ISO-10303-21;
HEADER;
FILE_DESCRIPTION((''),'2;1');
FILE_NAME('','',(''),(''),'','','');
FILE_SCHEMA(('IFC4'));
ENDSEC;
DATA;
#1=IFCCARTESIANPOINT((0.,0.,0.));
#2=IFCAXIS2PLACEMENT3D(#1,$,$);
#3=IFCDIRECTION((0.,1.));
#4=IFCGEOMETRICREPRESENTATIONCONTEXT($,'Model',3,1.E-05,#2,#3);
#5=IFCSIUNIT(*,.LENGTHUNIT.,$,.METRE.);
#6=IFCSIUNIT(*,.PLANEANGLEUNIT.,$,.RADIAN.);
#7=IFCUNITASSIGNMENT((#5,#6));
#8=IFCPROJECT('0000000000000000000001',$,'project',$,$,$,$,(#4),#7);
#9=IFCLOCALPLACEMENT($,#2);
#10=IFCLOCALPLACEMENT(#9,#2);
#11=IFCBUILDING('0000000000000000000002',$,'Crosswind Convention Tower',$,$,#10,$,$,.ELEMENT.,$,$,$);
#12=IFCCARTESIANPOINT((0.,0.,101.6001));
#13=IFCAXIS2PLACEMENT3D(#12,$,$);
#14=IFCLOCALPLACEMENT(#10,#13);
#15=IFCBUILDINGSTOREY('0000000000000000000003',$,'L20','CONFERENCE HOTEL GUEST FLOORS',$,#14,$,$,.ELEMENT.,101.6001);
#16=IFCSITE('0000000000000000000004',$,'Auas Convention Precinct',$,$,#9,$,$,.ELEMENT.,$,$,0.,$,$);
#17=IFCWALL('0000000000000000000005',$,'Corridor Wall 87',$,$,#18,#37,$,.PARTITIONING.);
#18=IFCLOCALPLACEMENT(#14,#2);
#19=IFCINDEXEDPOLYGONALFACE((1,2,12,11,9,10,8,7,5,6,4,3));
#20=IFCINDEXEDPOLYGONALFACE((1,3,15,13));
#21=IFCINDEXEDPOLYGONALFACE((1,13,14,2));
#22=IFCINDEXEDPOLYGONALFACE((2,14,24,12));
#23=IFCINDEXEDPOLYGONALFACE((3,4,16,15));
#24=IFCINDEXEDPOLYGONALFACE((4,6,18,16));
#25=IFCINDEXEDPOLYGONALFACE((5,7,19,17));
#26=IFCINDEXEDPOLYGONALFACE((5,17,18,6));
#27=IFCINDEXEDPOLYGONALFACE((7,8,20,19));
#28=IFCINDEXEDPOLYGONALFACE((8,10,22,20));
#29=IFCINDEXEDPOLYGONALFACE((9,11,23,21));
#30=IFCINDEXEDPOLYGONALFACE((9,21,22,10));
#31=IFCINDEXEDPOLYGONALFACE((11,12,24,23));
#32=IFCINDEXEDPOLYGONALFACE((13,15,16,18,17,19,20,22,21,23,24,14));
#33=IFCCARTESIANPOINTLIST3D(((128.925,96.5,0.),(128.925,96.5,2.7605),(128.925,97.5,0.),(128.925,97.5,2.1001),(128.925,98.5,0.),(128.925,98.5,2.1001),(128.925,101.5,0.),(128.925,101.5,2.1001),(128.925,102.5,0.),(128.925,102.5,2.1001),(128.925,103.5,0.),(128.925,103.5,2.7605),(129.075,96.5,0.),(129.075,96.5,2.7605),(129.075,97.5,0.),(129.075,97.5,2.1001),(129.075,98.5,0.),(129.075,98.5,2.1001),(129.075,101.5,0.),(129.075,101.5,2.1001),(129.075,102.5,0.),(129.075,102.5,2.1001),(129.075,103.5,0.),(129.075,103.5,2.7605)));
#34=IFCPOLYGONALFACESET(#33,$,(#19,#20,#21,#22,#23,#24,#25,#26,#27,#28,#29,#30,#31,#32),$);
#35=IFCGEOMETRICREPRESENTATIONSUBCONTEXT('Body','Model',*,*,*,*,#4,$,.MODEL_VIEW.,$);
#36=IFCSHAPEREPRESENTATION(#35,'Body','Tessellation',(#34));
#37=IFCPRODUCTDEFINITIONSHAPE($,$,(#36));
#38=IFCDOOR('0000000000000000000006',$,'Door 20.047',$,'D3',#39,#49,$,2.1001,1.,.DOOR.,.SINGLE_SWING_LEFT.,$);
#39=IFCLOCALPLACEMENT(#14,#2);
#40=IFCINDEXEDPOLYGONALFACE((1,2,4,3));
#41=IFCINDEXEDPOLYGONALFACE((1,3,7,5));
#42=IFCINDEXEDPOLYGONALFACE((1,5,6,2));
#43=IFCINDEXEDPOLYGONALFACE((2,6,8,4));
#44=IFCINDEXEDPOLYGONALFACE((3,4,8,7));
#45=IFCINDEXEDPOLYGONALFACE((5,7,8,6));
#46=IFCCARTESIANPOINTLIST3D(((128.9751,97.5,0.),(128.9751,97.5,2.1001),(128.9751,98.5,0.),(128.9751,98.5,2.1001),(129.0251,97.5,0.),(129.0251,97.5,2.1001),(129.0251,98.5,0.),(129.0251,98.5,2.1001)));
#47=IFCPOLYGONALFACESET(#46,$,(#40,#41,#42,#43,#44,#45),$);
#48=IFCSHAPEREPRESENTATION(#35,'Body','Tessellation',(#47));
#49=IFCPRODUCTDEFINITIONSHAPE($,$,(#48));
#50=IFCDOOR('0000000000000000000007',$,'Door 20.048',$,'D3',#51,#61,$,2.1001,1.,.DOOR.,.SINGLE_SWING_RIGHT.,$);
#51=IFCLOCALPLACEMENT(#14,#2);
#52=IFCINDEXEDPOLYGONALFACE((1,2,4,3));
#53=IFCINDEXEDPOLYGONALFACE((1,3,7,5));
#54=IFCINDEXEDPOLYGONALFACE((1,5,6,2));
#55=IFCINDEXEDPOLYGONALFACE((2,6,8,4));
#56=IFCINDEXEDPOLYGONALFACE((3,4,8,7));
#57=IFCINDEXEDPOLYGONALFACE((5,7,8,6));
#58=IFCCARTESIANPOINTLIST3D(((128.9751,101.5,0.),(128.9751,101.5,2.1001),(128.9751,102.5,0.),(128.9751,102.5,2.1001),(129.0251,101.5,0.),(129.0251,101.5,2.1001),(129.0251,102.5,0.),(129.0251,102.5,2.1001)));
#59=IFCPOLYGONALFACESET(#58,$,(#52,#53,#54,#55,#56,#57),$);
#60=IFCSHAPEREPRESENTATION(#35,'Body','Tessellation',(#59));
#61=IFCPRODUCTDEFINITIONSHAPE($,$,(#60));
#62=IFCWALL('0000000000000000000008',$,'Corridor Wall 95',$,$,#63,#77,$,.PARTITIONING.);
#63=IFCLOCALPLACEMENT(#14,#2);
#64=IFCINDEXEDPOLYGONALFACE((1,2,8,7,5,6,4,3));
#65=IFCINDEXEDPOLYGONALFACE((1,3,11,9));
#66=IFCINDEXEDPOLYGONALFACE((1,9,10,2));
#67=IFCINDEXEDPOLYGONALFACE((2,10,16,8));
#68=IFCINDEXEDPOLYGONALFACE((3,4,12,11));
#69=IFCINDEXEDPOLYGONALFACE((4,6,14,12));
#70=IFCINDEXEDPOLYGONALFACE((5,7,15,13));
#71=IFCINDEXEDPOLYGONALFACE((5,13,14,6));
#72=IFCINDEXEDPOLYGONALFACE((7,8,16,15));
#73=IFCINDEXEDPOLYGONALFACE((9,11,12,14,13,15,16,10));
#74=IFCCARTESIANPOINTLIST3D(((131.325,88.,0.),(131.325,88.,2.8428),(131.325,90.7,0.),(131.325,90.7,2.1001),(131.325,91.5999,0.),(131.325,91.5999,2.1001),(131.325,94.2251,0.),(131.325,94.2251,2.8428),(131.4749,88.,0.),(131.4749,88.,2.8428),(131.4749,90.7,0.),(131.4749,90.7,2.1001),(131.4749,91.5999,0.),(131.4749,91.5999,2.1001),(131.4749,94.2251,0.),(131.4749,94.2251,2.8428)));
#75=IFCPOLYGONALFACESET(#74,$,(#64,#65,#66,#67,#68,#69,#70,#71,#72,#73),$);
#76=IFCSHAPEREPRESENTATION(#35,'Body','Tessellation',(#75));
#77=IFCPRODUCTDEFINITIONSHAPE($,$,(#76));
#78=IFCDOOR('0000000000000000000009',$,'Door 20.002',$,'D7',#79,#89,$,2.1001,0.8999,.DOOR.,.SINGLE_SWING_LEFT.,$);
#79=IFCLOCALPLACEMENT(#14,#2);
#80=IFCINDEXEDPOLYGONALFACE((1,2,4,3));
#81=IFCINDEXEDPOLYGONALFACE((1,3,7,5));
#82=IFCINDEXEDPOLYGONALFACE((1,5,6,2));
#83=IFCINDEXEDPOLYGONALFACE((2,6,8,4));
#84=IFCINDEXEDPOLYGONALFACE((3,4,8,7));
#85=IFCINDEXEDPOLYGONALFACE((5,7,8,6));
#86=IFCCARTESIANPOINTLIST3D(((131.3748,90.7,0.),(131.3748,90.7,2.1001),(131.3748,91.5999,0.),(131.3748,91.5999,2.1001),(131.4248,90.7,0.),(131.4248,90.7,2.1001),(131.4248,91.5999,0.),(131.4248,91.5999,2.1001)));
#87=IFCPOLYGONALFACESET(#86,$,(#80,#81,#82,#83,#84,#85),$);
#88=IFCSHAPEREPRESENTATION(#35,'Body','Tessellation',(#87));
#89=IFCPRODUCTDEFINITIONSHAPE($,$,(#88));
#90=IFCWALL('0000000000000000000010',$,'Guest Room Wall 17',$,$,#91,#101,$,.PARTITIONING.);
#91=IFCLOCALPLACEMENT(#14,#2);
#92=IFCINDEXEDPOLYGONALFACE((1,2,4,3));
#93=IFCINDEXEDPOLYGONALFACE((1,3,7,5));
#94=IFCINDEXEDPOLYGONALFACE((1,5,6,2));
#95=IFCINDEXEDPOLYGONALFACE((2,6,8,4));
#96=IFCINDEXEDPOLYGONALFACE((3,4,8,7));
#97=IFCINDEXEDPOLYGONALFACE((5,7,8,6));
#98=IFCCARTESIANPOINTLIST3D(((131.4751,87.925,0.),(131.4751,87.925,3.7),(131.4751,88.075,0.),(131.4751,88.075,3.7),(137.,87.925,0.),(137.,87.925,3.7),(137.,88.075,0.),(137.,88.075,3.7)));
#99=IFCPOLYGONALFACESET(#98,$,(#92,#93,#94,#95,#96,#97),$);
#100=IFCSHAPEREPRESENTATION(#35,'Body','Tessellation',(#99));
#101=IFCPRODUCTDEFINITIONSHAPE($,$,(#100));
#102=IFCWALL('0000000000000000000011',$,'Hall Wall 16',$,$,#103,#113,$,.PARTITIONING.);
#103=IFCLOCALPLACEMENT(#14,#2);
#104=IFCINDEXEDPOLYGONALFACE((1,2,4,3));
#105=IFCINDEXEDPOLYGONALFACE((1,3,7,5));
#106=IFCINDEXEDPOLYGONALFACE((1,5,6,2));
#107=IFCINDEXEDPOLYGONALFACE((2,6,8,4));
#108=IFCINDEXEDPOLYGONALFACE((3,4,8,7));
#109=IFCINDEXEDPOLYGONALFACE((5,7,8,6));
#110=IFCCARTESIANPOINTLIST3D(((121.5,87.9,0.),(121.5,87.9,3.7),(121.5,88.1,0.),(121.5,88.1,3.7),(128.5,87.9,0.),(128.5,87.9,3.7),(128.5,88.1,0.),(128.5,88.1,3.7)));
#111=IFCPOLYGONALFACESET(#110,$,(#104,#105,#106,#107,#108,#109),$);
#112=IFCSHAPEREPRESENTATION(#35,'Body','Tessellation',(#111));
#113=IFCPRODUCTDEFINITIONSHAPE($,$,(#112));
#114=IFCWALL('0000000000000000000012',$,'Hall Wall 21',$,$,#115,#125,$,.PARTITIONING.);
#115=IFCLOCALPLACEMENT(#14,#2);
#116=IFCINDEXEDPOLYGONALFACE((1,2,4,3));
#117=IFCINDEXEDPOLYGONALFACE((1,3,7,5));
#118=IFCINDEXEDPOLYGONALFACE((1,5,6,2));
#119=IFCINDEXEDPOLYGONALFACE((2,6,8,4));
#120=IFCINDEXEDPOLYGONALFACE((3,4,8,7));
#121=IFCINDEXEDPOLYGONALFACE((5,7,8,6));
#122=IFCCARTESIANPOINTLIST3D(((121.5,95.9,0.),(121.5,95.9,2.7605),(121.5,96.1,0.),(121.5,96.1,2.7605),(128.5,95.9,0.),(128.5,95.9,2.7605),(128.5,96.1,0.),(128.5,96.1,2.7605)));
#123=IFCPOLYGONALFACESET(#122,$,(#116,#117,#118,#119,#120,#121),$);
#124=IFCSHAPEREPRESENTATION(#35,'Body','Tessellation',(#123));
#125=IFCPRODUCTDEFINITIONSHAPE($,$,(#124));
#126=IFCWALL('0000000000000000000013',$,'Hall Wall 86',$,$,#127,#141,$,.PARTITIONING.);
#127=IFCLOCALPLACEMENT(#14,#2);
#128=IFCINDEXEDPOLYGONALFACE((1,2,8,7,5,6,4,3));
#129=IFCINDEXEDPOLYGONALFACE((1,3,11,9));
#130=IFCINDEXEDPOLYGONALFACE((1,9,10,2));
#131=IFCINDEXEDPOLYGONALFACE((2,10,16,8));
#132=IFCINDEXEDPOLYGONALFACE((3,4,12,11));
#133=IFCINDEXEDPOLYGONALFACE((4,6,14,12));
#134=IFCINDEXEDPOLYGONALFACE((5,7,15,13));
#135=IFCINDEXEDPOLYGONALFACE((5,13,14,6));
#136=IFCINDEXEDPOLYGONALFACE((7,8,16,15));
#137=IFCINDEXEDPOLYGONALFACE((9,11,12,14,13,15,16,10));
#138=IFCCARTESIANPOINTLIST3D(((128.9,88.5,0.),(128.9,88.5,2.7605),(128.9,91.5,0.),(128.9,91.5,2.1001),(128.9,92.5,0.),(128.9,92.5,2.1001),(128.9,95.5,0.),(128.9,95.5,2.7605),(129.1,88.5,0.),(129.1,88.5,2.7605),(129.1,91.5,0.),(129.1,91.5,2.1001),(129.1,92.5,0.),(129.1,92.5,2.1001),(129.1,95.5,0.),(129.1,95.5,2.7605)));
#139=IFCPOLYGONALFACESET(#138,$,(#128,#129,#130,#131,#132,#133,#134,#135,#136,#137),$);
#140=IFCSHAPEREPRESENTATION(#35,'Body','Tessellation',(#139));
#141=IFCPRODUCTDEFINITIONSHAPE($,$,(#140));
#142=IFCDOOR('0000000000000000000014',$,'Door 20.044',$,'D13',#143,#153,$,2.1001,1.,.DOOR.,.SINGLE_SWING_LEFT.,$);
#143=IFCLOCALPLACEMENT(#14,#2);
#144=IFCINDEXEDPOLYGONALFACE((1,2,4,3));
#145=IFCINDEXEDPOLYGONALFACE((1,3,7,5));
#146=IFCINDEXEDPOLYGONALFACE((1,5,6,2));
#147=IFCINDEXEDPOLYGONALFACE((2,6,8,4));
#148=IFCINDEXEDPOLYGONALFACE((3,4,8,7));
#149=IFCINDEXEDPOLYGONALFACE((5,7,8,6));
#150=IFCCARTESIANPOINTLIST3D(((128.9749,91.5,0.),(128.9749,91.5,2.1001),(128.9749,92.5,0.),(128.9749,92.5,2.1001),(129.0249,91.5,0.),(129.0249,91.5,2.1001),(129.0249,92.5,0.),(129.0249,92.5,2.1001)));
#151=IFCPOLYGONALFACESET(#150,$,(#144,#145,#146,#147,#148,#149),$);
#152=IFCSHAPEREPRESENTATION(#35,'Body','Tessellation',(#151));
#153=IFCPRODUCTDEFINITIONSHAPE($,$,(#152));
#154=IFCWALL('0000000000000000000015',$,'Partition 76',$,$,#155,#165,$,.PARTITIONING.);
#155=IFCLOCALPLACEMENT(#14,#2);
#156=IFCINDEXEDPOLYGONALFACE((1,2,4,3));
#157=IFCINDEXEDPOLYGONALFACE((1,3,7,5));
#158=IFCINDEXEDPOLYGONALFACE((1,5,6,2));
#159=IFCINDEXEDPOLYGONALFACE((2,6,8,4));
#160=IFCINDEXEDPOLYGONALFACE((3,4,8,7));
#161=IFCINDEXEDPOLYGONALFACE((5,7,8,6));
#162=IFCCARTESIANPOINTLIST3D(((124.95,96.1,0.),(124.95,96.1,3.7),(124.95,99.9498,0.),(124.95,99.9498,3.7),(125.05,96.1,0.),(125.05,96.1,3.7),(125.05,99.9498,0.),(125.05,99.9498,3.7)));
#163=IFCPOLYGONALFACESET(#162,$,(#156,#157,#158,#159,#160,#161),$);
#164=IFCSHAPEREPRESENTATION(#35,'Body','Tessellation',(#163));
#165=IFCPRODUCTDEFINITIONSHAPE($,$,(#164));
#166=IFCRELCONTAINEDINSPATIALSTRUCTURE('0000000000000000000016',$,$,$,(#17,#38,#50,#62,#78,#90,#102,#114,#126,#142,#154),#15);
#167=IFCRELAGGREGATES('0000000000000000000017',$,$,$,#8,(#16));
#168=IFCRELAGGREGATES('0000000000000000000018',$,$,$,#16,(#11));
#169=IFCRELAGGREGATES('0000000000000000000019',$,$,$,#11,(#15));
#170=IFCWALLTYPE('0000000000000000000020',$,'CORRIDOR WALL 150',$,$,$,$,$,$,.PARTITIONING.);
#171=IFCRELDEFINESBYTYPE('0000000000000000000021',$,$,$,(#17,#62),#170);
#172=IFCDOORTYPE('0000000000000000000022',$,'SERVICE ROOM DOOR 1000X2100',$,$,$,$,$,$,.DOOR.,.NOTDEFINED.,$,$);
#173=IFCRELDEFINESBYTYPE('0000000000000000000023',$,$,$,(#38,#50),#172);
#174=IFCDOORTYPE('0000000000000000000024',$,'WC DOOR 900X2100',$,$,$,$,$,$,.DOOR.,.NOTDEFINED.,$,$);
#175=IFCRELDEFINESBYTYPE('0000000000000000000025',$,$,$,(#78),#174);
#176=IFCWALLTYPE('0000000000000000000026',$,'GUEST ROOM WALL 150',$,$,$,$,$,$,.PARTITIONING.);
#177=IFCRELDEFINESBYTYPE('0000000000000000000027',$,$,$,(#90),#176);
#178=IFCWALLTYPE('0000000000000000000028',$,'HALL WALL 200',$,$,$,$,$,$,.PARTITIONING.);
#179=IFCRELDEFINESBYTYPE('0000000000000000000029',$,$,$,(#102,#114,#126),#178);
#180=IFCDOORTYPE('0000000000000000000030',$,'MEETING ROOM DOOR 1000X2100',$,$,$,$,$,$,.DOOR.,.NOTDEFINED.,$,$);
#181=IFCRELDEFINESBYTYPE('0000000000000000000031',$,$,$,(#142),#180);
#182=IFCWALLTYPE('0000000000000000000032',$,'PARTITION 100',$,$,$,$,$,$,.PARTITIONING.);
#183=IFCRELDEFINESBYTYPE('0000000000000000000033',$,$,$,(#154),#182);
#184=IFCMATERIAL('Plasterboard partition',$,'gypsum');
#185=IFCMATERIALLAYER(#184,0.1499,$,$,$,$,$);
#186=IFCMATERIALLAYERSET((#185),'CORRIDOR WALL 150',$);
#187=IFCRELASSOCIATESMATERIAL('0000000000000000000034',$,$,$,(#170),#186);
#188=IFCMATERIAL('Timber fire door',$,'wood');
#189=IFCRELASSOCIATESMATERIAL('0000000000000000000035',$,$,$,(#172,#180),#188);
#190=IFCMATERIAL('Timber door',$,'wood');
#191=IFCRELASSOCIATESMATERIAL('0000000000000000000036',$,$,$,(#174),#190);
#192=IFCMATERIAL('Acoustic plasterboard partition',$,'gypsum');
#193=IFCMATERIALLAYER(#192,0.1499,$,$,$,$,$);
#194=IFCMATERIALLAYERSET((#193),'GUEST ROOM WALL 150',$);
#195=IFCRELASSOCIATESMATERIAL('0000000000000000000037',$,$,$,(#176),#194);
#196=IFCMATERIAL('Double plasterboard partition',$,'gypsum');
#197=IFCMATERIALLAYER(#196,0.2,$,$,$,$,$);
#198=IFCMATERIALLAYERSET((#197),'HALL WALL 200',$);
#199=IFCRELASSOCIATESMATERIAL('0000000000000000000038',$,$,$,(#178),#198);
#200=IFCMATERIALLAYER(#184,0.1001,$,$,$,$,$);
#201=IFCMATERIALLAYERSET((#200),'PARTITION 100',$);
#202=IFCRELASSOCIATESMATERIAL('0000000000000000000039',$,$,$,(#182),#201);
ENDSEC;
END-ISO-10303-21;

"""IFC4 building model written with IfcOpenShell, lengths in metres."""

from ifc_helpers import new_model, si_unit, direction, frame, frame_2d, origin, place, context, subcontext, project, spatial, rectangle, extrude, material, layer, layer_set, type_object, element, fill, save


model = new_model("IFC4")

# Units and contexts
model_context = context("Model", 3, precision=1e-05, world=origin(), true_north=direction((0.0, 1.0)))
body_context = subcontext(model_context, "Body", "Model", "MODEL_VIEW")
ifc_project = project(units=[si_unit("LENGTHUNIT", "METRE"), si_unit("PLANEANGLEUNIT", "RADIAN")], contexts=[model_context])

# Site, building, storey
site_placement = place(None, origin())
site = spatial("IfcSite", under=ifc_project, at=site_placement, Name="Auas Convention Precinct", CompositionType="ELEMENT", RefElevation=0.0)
building_placement = place(site_placement, origin())
building = spatial("IfcBuilding", under=site, at=building_placement, Name="Crosswind Convention Tower", CompositionType="ELEMENT")
storey_placement = place(building_placement, frame((0.0, 0.0, 101.6001)))
storey = spatial("IfcBuildingStorey", under=building, at=storey_placement, Name="L20", Description="CONFERENCE HOTEL GUEST FLOORS", CompositionType="ELEMENT", Elevation=101.6001)

# Shared definitions
ifc_material_1 = material(Name="Plasterboard partition", Category="gypsum")
ifc_layer_1 = layer(ifc_material_1, 0.1499)
ifc_layer_set_1 = layer_set([ifc_layer_1], Name="CORRIDOR WALL 150")
wall_type_1 = type_object("IfcWallType", Name="CORRIDOR WALL 150", PredefinedType="PARTITIONING", material=ifc_layer_set_1)

# Wall, openings, doors
wall_1_placement = place(storey_placement, frame((129.0, 96.5, 0.0), z_axis=(0.0, 0.0, 1.0), x_axis=(0.0, 1.0, 0.0)))
wall_1 = element("IfcWall", 1, at=wall_1_placement, inside=storey, type_object=wall_type_1, Name="Corridor Wall 87", PredefinedType="PARTITIONING", context=body_context, shape_type="SweptSolid", body=[
    extrude(rectangle(XDim=7.0, YDim=0.1499, at=frame_2d((3.5, 0.0))), origin(), (0.0, 0.0, 1.0), 2.7605),
])
opening_1_placement = place(wall_1_placement, frame((1.0, 0.0, 0.0)))
opening_1 = element("IfcOpeningElement", 2, at=opening_1_placement, cuts=wall_1, PredefinedType="OPENING", context=body_context, shape_type="SweptSolid", body=[
    extrude(rectangle(XDim=1.0, YDim=2.1001, at=frame_2d((0.5, 1.05))), frame((0.0, 0.085, 0.0), z_axis=(0.0, -1.0, 0.0), x_axis=(1.0, 0.0, 0.0)), (0.0, 0.0, 1.0), 0.1699),
])
opening_2_placement = place(wall_1_placement, frame((5.0, 0.0, 0.0)))
opening_2 = element("IfcOpeningElement", 3, at=opening_2_placement, cuts=wall_1, PredefinedType="OPENING", context=body_context, shape_type="SweptSolid", body=[
    extrude(rectangle(XDim=1.0, YDim=2.1001, at=frame_2d((0.5, 1.05))), frame((0.0, 0.085, 0.0), z_axis=(0.0, -1.0, 0.0), x_axis=(1.0, 0.0, 0.0)), (0.0, 0.0, 1.0), 0.1699),
])
ifc_material_2 = material(Name="Timber fire door", Category="wood")
door_type_1 = type_object("IfcDoorType", Name="SERVICE ROOM DOOR 1000X2100", OperationType="NOTDEFINED", PredefinedType="DOOR", material=ifc_material_2)
door_1_placement = place(opening_1_placement, origin())
door_1 = element("IfcDoor", 4, at=door_1_placement, inside=storey, type_object=door_type_1, Name="Door 20.047", ObjectType="D3", OperationType="SINGLE_SWING_LEFT", OverallHeight=2.1001, OverallWidth=1.0, PredefinedType="DOOR", context=body_context, shape_type="SweptSolid", body=[
    extrude(rectangle(XDim=1.0, YDim=2.1001, at=frame_2d((0.5, 1.05))), frame((0.0, 0.0249, 0.0), z_axis=(0.0, -1.0, 0.0), x_axis=(1.0, 0.0, 0.0)), (0.0, 0.0, 1.0), 0.05),
])
fill(opening_1, door_1)
door_2_placement = place(opening_2_placement, origin())
door_2 = element("IfcDoor", 5, at=door_2_placement, inside=storey, type_object=door_type_1, Name="Door 20.048", ObjectType="D3", OperationType="SINGLE_SWING_RIGHT", OverallHeight=2.1001, OverallWidth=1.0, PredefinedType="DOOR", context=body_context, shape_type="SweptSolid", body=[
    extrude(rectangle(XDim=1.0, YDim=2.1001, at=frame_2d((0.5, 1.05))), frame((0.0, 0.0249, 0.0), z_axis=(0.0, -1.0, 0.0), x_axis=(1.0, 0.0, 0.0)), (0.0, 0.0, 1.0), 0.05),
])
fill(opening_2, door_2)

# Wall, opening, door
wall_2_placement = place(storey_placement, frame((131.3999, 88.0, 0.0), z_axis=(0.0, 0.0, 1.0), x_axis=(0.0, 1.0, 0.0)))
wall_2 = element("IfcWall", 6, at=wall_2_placement, inside=storey, type_object=wall_type_1, Name="Corridor Wall 95", PredefinedType="PARTITIONING", context=body_context, shape_type="SweptSolid", body=[
    extrude(rectangle(XDim=6.2251, YDim=0.1499, at=frame_2d((3.1125, 0.0))), origin(), (0.0, 0.0, 1.0), 2.8428),
])
opening_3_placement = place(wall_2_placement, frame((2.7, 0.0, 0.0)))
opening_3 = element("IfcOpeningElement", 7, at=opening_3_placement, cuts=wall_2, PredefinedType="OPENING", context=body_context, shape_type="SweptSolid", body=[
    extrude(rectangle(XDim=0.8999, YDim=2.1001, at=frame_2d((0.45, 1.05))), frame((0.0, 0.085, 0.0), z_axis=(0.0, -1.0, 0.0), x_axis=(1.0, 0.0, 0.0)), (0.0, 0.0, 1.0), 0.1699),
])
ifc_material_3 = material(Name="Timber door", Category="wood")
door_type_2 = type_object("IfcDoorType", Name="WC DOOR 900X2100", OperationType="NOTDEFINED", PredefinedType="DOOR", material=ifc_material_3)
door_3_placement = place(opening_3_placement, frame((0.8999, 0.0, 0.0), z_axis=(0.0, 0.0, 1.0), x_axis=(-1.0, 0.0, 0.0)))
door_3 = element("IfcDoor", 8, at=door_3_placement, inside=storey, type_object=door_type_2, Name="Door 20.002", ObjectType="D7", OperationType="SINGLE_SWING_LEFT", OverallHeight=2.1001, OverallWidth=0.8999, PredefinedType="DOOR", context=body_context, shape_type="SweptSolid", body=[
    extrude(rectangle(XDim=0.8999, YDim=2.1001, at=frame_2d((0.45, 1.05))), frame((0.0, 0.0249, 0.0), z_axis=(0.0, -1.0, 0.0), x_axis=(1.0, 0.0, 0.0)), (0.0, 0.0, 1.0), 0.05),
])
fill(opening_3, door_3)

# Walls
ifc_material_4 = material(Name="Acoustic plasterboard partition", Category="gypsum")
ifc_layer_2 = layer(ifc_material_4, 0.1499)
ifc_layer_set_2 = layer_set([ifc_layer_2], Name="GUEST ROOM WALL 150")
wall_type_2 = type_object("IfcWallType", Name="GUEST ROOM WALL 150", PredefinedType="PARTITIONING", material=ifc_layer_set_2)
wall_3_placement = place(storey_placement, frame((131.4751, 88.0, 0.0), z_axis=(0.0, 0.0, 1.0), x_axis=(1.0, 0.0, 0.0)))
element("IfcWall", 9, at=wall_3_placement, inside=storey, type_object=wall_type_2, Name="Guest Room Wall 17", PredefinedType="PARTITIONING", context=body_context, shape_type="SweptSolid", body=[
    extrude(rectangle(XDim=5.5249, YDim=0.1499, at=frame_2d((2.7625, 0.0))), origin(), (0.0, 0.0, 1.0), 3.7),
])
ifc_material_5 = material(Name="Double plasterboard partition", Category="gypsum")
ifc_layer_3 = layer(ifc_material_5, 0.2)
ifc_layer_set_3 = layer_set([ifc_layer_3], Name="HALL WALL 200")
wall_type_3 = type_object("IfcWallType", Name="HALL WALL 200", PredefinedType="PARTITIONING", material=ifc_layer_set_3)
wall_4_placement = place(storey_placement, frame((121.5, 88.0, 0.0), z_axis=(0.0, 0.0, 1.0), x_axis=(1.0, 0.0, 0.0)))
element("IfcWall", 10, at=wall_4_placement, inside=storey, type_object=wall_type_3, Name="Hall Wall 16", PredefinedType="PARTITIONING", context=body_context, shape_type="SweptSolid", body=[
    extrude(rectangle(XDim=7.0, YDim=0.2, at=frame_2d((3.5, 0.0))), origin(), (0.0, 0.0, 1.0), 3.7),
])
wall_5_placement = place(storey_placement, frame((121.5, 96.0, 0.0), z_axis=(0.0, 0.0, 1.0), x_axis=(1.0, 0.0, 0.0)))
element("IfcWall", 11, at=wall_5_placement, inside=storey, type_object=wall_type_3, Name="Hall Wall 21", PredefinedType="PARTITIONING", context=body_context, shape_type="SweptSolid", body=[
    extrude(rectangle(XDim=7.0, YDim=0.2, at=frame_2d((3.5, 0.0))), origin(), (0.0, 0.0, 1.0), 2.7605),
])

# Wall, opening, door
wall_6_placement = place(storey_placement, frame((129.0, 88.5, 0.0), z_axis=(0.0, 0.0, 1.0), x_axis=(0.0, 1.0, 0.0)))
wall_6 = element("IfcWall", 12, at=wall_6_placement, inside=storey, type_object=wall_type_3, Name="Hall Wall 86", PredefinedType="PARTITIONING", context=body_context, shape_type="SweptSolid", body=[
    extrude(rectangle(XDim=7.0, YDim=0.2, at=frame_2d((3.5, 0.0))), origin(), (0.0, 0.0, 1.0), 2.7605),
])
opening_4_placement = place(wall_6_placement, frame((3.0, 0.0, 0.0)))
opening_4 = element("IfcOpeningElement", 13, at=opening_4_placement, cuts=wall_6, PredefinedType="OPENING", context=body_context, shape_type="SweptSolid", body=[
    extrude(rectangle(XDim=1.0, YDim=2.1001, at=frame_2d((0.5, 1.05))), frame((0.0, 0.1099, 0.0), z_axis=(0.0, -1.0, 0.0), x_axis=(1.0, 0.0, 0.0)), (0.0, 0.0, 1.0), 0.22),
])
door_type_3 = type_object("IfcDoorType", Name="MEETING ROOM DOOR 1000X2100", OperationType="NOTDEFINED", PredefinedType="DOOR", material=ifc_material_2)
door_4_placement = place(opening_4_placement, frame((1.0, 0.0, 0.0), z_axis=(0.0, 0.0, 1.0), x_axis=(-1.0, 0.0, 0.0)))
door_4 = element("IfcDoor", 14, at=door_4_placement, inside=storey, type_object=door_type_3, Name="Door 20.044", ObjectType="D13", OperationType="SINGLE_SWING_LEFT", OverallHeight=2.1001, OverallWidth=1.0, PredefinedType="DOOR", context=body_context, shape_type="SweptSolid", body=[
    extrude(rectangle(XDim=1.0, YDim=2.1001, at=frame_2d((0.5, 1.05))), frame((0.0, 0.0249, 0.0), z_axis=(0.0, -1.0, 0.0), x_axis=(1.0, 0.0, 0.0)), (0.0, 0.0, 1.0), 0.05),
])
fill(opening_4, door_4)

# Wall
ifc_layer_4 = layer(ifc_material_1, 0.1001)
ifc_layer_set_4 = layer_set([ifc_layer_4], Name="PARTITION 100")
wall_type_4 = type_object("IfcWallType", Name="PARTITION 100", PredefinedType="PARTITIONING", material=ifc_layer_set_4)
wall_7_placement = place(storey_placement, frame((125.0, 96.1001, 0.0), z_axis=(0.0, 0.0, 1.0), x_axis=(0.0, 1.0, 0.0)))
element("IfcWall", 15, at=wall_7_placement, inside=storey, type_object=wall_type_4, Name="Partition 76", PredefinedType="PARTITIONING", context=body_context, shape_type="SweptSolid", body=[
    extrude(rectangle(XDim=3.8499, YDim=0.1001, at=frame_2d((1.9248, 0.0))), origin(), (0.0, 0.0, 1.0), 3.7),
])

save(model, "model.ifc")
